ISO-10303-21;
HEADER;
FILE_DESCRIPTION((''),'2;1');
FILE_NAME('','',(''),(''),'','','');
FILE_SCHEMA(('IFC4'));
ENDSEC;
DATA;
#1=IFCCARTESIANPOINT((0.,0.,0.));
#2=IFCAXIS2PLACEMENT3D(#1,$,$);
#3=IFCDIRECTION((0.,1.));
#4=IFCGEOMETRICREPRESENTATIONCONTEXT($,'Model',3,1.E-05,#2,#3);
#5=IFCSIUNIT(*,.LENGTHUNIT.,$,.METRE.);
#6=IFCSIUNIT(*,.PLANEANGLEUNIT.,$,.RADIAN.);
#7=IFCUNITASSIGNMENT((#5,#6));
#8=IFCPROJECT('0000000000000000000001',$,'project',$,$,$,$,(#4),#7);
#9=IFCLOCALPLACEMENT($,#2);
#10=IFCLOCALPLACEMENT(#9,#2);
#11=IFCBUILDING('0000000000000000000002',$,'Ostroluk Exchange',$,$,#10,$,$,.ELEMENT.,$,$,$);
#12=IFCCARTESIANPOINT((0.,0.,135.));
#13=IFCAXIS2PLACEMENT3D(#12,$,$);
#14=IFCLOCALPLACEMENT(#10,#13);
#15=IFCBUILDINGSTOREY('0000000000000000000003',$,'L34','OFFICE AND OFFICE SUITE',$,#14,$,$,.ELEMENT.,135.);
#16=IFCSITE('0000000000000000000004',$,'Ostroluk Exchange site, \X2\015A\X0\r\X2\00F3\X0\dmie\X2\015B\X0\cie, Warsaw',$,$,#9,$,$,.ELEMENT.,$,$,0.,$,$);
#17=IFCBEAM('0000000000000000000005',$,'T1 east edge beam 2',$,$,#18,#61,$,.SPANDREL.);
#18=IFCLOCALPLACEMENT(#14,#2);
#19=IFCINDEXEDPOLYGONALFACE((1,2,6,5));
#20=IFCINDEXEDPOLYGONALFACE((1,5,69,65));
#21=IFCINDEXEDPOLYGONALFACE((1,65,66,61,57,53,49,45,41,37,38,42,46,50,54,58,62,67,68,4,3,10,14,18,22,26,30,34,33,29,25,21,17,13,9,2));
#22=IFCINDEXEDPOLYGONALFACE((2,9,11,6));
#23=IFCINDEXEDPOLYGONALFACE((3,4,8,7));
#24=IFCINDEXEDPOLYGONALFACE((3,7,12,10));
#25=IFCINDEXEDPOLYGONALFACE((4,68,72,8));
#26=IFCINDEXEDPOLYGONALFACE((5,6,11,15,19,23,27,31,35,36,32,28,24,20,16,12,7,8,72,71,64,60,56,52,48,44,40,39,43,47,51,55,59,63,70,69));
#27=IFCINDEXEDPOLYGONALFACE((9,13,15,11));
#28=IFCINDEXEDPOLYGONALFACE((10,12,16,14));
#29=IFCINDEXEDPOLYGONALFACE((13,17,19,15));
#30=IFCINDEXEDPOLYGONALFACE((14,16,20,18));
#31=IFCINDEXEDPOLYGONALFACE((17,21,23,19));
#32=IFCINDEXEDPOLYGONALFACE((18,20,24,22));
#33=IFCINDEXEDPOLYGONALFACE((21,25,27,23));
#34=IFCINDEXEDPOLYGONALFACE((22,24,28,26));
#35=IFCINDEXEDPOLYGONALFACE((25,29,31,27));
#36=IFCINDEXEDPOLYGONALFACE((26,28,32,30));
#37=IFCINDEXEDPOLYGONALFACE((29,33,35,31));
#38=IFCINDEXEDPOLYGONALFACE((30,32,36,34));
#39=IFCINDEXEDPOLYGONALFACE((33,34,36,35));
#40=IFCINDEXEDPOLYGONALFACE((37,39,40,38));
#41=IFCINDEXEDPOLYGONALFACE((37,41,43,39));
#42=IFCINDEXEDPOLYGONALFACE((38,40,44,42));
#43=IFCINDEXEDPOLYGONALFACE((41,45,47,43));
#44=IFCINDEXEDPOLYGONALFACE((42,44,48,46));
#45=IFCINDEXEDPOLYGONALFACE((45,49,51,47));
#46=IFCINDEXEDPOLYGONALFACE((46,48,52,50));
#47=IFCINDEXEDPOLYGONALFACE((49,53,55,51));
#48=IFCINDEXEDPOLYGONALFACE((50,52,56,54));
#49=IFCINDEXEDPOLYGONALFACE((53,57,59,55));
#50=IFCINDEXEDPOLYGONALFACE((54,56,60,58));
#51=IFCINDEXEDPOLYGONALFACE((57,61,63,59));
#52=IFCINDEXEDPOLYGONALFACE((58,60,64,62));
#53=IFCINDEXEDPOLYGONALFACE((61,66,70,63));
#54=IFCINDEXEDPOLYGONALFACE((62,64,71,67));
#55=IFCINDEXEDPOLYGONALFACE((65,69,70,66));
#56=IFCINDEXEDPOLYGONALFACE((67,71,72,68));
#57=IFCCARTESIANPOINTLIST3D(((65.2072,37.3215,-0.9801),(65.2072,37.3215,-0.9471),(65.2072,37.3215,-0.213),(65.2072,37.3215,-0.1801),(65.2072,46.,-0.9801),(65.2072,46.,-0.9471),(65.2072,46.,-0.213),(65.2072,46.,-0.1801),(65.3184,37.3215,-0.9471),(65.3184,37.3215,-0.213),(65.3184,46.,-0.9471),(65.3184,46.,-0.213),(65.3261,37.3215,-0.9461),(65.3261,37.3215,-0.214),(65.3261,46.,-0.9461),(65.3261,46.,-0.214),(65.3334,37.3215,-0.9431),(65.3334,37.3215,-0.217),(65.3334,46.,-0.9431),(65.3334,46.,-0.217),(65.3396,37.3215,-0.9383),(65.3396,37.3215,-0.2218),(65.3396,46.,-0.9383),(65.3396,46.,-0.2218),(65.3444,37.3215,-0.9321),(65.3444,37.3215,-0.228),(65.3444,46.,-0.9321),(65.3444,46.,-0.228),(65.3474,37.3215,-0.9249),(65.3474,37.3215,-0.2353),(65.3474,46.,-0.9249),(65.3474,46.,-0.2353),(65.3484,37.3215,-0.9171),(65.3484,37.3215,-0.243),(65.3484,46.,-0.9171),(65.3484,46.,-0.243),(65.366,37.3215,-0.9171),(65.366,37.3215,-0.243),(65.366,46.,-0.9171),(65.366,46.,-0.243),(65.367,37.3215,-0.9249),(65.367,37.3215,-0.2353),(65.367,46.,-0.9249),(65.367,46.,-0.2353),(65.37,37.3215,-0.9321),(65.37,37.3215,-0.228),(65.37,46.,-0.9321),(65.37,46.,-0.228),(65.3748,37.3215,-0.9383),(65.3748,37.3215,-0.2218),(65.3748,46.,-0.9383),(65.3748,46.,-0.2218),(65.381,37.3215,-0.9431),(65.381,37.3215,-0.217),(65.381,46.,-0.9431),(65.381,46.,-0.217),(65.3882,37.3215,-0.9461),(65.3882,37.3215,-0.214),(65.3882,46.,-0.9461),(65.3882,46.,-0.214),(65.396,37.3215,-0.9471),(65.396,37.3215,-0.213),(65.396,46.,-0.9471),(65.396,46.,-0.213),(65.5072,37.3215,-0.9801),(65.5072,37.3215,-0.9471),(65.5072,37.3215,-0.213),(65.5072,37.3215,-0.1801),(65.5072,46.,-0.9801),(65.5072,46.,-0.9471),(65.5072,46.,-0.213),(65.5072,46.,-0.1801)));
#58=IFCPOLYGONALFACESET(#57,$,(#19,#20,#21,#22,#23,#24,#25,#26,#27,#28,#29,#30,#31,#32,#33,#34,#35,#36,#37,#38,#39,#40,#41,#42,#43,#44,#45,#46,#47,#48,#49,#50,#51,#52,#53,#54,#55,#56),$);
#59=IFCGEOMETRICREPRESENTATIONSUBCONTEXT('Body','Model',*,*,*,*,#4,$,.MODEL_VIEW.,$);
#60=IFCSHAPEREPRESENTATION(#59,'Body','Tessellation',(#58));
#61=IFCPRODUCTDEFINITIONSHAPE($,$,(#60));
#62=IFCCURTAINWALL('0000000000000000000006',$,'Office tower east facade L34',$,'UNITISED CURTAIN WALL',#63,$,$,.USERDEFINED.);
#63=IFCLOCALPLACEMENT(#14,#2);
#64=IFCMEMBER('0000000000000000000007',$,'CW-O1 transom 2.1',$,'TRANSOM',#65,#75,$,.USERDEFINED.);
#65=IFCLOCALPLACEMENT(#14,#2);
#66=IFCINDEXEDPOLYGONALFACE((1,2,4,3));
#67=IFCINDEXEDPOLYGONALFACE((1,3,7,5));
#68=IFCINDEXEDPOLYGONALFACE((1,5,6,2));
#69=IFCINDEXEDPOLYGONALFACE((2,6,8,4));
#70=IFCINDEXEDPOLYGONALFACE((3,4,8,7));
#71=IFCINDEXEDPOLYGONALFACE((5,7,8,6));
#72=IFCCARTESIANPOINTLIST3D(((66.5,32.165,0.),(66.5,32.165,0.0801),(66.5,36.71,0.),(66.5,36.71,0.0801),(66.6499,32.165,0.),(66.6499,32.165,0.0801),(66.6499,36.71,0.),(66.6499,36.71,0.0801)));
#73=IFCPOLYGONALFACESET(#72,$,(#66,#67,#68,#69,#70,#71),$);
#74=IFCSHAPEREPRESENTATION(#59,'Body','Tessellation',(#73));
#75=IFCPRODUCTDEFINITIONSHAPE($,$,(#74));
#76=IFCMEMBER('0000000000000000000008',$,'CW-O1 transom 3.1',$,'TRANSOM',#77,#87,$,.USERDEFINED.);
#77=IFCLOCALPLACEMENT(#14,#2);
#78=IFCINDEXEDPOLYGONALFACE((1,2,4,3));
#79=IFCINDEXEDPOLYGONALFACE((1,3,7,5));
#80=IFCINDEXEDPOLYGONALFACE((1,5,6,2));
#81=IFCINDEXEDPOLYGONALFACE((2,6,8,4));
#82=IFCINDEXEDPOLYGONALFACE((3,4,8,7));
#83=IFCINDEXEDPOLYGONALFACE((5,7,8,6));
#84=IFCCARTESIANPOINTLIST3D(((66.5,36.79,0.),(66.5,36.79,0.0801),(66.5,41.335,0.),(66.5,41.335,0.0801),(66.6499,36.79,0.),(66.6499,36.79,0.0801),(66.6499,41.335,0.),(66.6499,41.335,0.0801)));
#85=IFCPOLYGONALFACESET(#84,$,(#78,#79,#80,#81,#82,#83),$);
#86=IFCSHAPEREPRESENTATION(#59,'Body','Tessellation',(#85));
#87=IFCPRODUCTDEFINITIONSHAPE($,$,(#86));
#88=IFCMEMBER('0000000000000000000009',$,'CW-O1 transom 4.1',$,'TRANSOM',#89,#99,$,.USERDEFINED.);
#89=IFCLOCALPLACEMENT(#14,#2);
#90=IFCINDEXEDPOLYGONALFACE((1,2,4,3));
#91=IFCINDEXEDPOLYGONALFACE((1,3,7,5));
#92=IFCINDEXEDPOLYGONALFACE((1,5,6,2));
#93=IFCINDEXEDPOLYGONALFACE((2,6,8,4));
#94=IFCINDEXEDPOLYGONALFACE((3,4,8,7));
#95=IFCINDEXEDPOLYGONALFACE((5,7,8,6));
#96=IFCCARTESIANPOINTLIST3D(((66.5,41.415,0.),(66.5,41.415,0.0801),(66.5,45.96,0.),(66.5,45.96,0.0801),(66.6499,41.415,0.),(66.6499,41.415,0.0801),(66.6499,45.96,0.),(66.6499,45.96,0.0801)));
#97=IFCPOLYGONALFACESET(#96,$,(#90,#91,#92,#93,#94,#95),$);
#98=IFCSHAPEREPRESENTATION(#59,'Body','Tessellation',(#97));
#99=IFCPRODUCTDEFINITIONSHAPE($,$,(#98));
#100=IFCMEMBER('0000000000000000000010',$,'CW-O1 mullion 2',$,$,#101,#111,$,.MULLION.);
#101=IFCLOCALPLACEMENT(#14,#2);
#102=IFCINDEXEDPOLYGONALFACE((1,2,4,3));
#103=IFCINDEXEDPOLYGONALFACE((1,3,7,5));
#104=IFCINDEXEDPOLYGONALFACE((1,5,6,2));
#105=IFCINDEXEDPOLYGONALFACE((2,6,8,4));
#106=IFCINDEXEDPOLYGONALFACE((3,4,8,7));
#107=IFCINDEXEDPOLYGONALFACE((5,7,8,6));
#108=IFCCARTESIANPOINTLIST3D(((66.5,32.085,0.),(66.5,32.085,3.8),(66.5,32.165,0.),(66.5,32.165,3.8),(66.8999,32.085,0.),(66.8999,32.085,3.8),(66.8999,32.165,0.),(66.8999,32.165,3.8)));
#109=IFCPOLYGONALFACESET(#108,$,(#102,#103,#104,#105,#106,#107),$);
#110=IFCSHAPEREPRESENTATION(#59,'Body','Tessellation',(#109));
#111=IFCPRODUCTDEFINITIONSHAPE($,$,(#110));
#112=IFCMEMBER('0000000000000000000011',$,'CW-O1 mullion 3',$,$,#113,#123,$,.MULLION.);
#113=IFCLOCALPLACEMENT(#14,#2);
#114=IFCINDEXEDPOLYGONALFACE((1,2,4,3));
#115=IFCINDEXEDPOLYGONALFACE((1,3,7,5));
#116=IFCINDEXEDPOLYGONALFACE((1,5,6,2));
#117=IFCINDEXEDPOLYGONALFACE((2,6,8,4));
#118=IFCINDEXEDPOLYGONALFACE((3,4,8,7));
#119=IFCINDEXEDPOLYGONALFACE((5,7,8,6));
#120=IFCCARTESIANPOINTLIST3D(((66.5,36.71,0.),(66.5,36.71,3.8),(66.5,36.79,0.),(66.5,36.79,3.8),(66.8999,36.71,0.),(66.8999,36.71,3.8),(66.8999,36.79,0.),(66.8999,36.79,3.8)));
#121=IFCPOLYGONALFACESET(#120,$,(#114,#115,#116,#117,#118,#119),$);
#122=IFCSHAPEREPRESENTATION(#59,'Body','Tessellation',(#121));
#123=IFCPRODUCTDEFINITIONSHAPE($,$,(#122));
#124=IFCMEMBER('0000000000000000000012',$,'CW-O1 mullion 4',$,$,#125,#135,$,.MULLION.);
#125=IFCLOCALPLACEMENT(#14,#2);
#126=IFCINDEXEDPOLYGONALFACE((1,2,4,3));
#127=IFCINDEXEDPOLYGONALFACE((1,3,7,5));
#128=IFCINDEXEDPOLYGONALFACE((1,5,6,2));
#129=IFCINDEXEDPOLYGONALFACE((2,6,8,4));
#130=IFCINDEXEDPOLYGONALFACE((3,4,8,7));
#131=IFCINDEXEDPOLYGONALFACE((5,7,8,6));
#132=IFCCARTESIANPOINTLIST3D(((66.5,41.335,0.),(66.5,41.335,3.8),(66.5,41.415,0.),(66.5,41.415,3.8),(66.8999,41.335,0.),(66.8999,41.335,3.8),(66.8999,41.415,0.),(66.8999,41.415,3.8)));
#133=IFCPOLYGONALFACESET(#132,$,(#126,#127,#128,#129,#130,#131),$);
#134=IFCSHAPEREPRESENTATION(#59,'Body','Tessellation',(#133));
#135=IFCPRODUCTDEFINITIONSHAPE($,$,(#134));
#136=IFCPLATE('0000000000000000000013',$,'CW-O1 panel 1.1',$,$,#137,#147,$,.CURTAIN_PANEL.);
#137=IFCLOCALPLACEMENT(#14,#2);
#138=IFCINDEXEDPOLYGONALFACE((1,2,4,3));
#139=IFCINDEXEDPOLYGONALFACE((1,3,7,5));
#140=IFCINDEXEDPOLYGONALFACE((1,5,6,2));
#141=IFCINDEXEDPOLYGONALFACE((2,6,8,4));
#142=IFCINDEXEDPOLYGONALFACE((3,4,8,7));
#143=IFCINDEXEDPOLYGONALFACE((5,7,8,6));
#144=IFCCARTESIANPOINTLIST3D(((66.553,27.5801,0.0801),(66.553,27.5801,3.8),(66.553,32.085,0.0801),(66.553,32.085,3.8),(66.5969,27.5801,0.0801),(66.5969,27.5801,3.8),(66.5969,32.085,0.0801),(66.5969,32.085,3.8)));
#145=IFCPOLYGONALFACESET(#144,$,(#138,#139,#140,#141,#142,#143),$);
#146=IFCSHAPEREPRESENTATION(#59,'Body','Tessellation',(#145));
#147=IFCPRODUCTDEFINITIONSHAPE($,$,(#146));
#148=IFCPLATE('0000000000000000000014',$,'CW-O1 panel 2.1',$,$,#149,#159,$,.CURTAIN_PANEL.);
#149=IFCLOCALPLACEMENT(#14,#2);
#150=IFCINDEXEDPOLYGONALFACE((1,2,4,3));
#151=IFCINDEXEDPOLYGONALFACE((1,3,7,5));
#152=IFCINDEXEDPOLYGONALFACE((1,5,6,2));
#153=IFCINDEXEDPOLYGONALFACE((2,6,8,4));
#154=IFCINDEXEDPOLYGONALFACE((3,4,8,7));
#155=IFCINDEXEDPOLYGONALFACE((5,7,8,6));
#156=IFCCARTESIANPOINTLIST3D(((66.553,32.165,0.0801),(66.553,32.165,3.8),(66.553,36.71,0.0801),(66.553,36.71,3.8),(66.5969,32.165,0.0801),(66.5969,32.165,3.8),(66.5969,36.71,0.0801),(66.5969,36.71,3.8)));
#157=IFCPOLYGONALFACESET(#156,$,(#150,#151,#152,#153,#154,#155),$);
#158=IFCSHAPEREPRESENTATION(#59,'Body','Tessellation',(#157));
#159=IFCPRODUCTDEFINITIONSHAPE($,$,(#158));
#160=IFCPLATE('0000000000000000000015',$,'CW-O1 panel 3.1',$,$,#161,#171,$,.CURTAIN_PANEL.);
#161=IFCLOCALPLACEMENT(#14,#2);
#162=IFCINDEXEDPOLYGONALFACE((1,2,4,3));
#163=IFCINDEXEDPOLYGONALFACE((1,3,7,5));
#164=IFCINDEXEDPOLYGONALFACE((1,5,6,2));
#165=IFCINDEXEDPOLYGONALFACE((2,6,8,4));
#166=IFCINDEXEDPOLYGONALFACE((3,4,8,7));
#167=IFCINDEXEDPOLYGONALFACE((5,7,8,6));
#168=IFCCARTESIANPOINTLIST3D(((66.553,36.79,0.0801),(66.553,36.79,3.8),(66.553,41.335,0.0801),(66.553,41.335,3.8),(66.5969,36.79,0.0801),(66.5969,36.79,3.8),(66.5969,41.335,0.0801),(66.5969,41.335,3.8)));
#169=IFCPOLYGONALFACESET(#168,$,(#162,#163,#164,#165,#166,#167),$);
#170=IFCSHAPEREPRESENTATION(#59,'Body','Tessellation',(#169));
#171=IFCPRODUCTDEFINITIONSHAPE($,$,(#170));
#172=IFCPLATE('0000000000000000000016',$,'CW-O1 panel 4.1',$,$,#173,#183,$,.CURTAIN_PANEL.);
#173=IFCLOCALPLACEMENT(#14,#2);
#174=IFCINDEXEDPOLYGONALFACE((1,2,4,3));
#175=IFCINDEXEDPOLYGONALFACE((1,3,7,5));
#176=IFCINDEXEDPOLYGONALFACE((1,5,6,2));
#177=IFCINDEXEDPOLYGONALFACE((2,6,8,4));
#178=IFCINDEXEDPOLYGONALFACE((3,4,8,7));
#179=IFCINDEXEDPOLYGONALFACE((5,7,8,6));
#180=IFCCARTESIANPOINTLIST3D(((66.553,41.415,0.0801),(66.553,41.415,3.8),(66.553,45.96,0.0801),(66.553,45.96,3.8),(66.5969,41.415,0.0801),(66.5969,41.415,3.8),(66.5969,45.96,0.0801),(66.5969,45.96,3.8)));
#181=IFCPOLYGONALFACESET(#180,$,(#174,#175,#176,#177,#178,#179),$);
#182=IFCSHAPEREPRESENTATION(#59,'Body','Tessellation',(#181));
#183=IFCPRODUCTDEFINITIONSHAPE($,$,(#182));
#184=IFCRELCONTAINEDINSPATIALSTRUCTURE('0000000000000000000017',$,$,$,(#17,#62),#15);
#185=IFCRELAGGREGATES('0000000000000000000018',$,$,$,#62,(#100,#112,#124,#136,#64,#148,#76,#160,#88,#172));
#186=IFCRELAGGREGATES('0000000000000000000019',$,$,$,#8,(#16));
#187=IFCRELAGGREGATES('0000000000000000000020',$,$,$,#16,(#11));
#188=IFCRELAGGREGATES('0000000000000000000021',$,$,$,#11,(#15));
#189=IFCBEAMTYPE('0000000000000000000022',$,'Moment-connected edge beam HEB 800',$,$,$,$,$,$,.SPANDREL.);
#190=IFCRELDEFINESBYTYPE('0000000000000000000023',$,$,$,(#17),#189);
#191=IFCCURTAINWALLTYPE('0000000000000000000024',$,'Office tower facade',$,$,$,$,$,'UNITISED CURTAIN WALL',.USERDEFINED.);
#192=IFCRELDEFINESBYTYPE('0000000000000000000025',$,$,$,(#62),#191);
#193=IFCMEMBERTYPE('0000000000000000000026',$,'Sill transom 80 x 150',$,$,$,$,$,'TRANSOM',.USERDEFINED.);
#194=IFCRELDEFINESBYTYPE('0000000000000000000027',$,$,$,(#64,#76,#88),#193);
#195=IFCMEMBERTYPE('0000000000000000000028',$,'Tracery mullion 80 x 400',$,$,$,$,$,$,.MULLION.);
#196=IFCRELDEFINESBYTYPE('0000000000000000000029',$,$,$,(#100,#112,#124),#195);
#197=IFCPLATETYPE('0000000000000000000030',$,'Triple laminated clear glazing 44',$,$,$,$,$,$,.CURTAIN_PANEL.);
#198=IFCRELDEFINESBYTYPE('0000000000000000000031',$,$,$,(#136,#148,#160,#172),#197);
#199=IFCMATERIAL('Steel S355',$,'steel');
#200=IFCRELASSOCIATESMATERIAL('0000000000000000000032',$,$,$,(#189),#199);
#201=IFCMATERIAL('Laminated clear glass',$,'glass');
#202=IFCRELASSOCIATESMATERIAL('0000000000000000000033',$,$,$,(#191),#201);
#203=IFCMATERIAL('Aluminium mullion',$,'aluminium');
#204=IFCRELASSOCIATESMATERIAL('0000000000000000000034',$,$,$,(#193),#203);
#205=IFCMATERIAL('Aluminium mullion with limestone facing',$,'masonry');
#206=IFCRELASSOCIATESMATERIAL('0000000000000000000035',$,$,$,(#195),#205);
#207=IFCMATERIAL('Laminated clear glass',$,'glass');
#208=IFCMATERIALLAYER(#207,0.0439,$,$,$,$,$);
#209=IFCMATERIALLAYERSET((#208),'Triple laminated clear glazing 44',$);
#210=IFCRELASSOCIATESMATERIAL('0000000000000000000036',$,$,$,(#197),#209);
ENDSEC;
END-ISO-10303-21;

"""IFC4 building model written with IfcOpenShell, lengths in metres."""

from ifc_helpers import new_model, si_unit, direction, frame, origin, origin_2d, place, context, subcontext, project, spatial, rectangle, i_section, extrude, material, layer, layer_set, material_profile, profile_set, type_object, element, aggregate, save


model = new_model("IFC4")

# Units and contexts
model_context = context("Model", 3, precision=1e-05, world=origin(), true_north=direction((0.0, 1.0)))
body_context = subcontext(model_context, "Body", "Model", "MODEL_VIEW")
ifc_project = project(units=[si_unit("LENGTHUNIT", "METRE"), si_unit("PLANEANGLEUNIT", "RADIAN")], contexts=[model_context])

# Site, building, storey
site_placement = place(None, origin())
site = spatial("IfcSite", under=ifc_project, at=site_placement, Name="Ostroluk Exchange site, Śródmieście, Warsaw", CompositionType="ELEMENT", RefElevation=0.0)
building_placement = place(site_placement, origin())
building = spatial("IfcBuilding", under=site, at=building_placement, Name="Ostroluk Exchange", CompositionType="ELEMENT")
storey_placement = place(building_placement, frame((0.0, 0.0, 135.0)))
storey = spatial("IfcBuildingStorey", under=building, at=storey_placement, Name="L34", Description="OFFICE AND OFFICE SUITE", CompositionType="ELEMENT", Elevation=135.0)

# Beam
ifc_material_1 = material(Name="Steel S355", Category="steel")
ifc_material_profile_1 = material_profile(ifc_material_1, i_section(OverallWidth=0.3, OverallDepth=0.8, WebThickness=0.0176, FlangeThickness=0.033, FilletRadius=0.03, at=origin_2d()), Name="HEB 800")
ifc_profile_set_1 = profile_set([ifc_material_profile_1], Name="Steel S355")
beam_type_1 = type_object("IfcBeamType", Name="Moment-connected edge beam HEB 800", PredefinedType="SPANDREL", material=ifc_profile_set_1)
beam_1_placement = place(storey_placement, frame((65.3572, 37.3215, -0.5801), z_axis=(0.0, 1.0, 0.0), x_axis=(-1.0, 0.0, 0.0)))
element("IfcBeam", 1, at=beam_1_placement, inside=storey, type_object=beam_type_1, Name="T1 east edge beam 2", PredefinedType="SPANDREL", context=body_context, shape_type="SweptSolid", body=[
    extrude(i_section(OverallWidth=0.3, OverallDepth=0.8, WebThickness=0.0176, FlangeThickness=0.033, FilletRadius=0.03, at=origin_2d()), origin(), (0.0, 0.0, 1.0), 8.6785),
])

# Curtain wall, members, plates
ifc_material_2 = material(Name="Laminated clear glass", Category="glass")
curtain_wall_type = type_object("IfcCurtainWallType", Name="Office tower facade", ElementType="UNITISED CURTAIN WALL", PredefinedType="USERDEFINED", material=ifc_material_2)
curtain_wall_placement = place(storey_placement, origin())
curtain_wall = element("IfcCurtainWall", 2, at=curtain_wall_placement, inside=storey, type_object=curtain_wall_type, Name="Office tower east facade L34", ObjectType="UNITISED CURTAIN WALL", PredefinedType="USERDEFINED")
ifc_material_3 = material(Name="Aluminium mullion", Category="aluminium")
ifc_material_profile_2 = material_profile(ifc_material_3, rectangle(XDim=0.1499, YDim=0.0801, at=origin_2d()), Name="Sill transom 80 x 150")
ifc_profile_set_2 = profile_set([ifc_material_profile_2], Name="Aluminium mullion")
member_type_1 = type_object("IfcMemberType", Name="Sill transom 80 x 150", ElementType="TRANSOM", PredefinedType="USERDEFINED", material=ifc_profile_set_2)
member_1_placement = place(storey_placement, frame((66.575, 32.165, 0.04), z_axis=(0.0, 1.0, 0.0), x_axis=(-1.0, 0.0, 0.0)))
member_1 = element("IfcMember", 3, at=member_1_placement, type_object=member_type_1, Name="CW-O1 transom 2.1", ObjectType="TRANSOM", PredefinedType="USERDEFINED", context=body_context, shape_type="SweptSolid", body=[
    extrude(rectangle(XDim=0.1499, YDim=0.0801, at=origin_2d()), origin(), (0.0, 0.0, 1.0), 4.5449),
])
member_2_placement = place(storey_placement, frame((66.575, 36.79, 0.04), z_axis=(0.0, 1.0, 0.0), x_axis=(-1.0, 0.0, 0.0)))
member_2 = element("IfcMember", 4, at=member_2_placement, type_object=member_type_1, Name="CW-O1 transom 3.1", ObjectType="TRANSOM", PredefinedType="USERDEFINED", context=body_context, shape_type="SweptSolid", body=[
    extrude(rectangle(XDim=0.1499, YDim=0.0801, at=origin_2d()), origin(), (0.0, 0.0, 1.0), 4.5449),
])
member_3_placement = place(storey_placement, frame((66.575, 41.415, 0.04), z_axis=(0.0, 1.0, 0.0), x_axis=(-1.0, 0.0, 0.0)))
member_3 = element("IfcMember", 5, at=member_3_placement, type_object=member_type_1, Name="CW-O1 transom 4.1", ObjectType="TRANSOM", PredefinedType="USERDEFINED", context=body_context, shape_type="SweptSolid", body=[
    extrude(rectangle(XDim=0.1499, YDim=0.0801, at=origin_2d()), origin(), (0.0, 0.0, 1.0), 4.5449),
])
ifc_material_4 = material(Name="Aluminium mullion with limestone facing", Category="masonry")
ifc_material_profile_3 = material_profile(ifc_material_4, rectangle(XDim=0.3999, YDim=0.0801, at=origin_2d()), Name="Tracery mullion 80 x 400")
ifc_profile_set_3 = profile_set([ifc_material_profile_3], Name="Aluminium mullion with limestone facing")
member_type_2 = type_object("IfcMemberType", Name="Tracery mullion 80 x 400", PredefinedType="MULLION", material=ifc_profile_set_3)
member_4_placement = place(storey_placement, frame((66.7, 32.125, 0.0), z_axis=(0.0, 0.0, 1.0), x_axis=(-1.0, 0.0, 0.0)))
member_4 = element("IfcMember", 6, at=member_4_placement, type_object=member_type_2, Name="CW-O1 mullion 2", PredefinedType="MULLION", context=body_context, shape_type="SweptSolid", body=[
    extrude(rectangle(XDim=0.3999, YDim=0.0801, at=origin_2d()), origin(), (0.0, 0.0, 1.0), 3.8),
])
member_5_placement = place(storey_placement, frame((66.7, 36.75, 0.0), z_axis=(0.0, 0.0, 1.0), x_axis=(-1.0, 0.0, 0.0)))
member_5 = element("IfcMember", 7, at=member_5_placement, type_object=member_type_2, Name="CW-O1 mullion 3", PredefinedType="MULLION", context=body_context, shape_type="SweptSolid", body=[
    extrude(rectangle(XDim=0.3999, YDim=0.0801, at=origin_2d()), origin(), (0.0, 0.0, 1.0), 3.8),
])
member_6_placement = place(storey_placement, frame((66.7, 41.375, 0.0), z_axis=(0.0, 0.0, 1.0), x_axis=(-1.0, 0.0, 0.0)))
member_6 = element("IfcMember", 8, at=member_6_placement, type_object=member_type_2, Name="CW-O1 mullion 4", PredefinedType="MULLION", context=body_context, shape_type="SweptSolid", body=[
    extrude(rectangle(XDim=0.3999, YDim=0.0801, at=origin_2d()), origin(), (0.0, 0.0, 1.0), 3.8),
])
ifc_material_5 = material(Name="Laminated clear glass", Category="glass")
ifc_layer_1 = layer(ifc_material_5, 0.0439)
ifc_layer_set_1 = layer_set([ifc_layer_1], Name="Triple laminated clear glazing 44")
plate_type = type_object("IfcPlateType", Name="Triple laminated clear glazing 44", PredefinedType="CURTAIN_PANEL", material=ifc_layer_set_1)
plate_1_placement = place(storey_placement, frame((66.575, 29.8325, 0.0801), z_axis=(0.0, 0.0, 1.0), x_axis=(0.0, 1.0, 0.0)))
plate_1 = element("IfcPlate", 9, at=plate_1_placement, type_object=plate_type, Name="CW-O1 panel 1.1", PredefinedType="CURTAIN_PANEL", context=body_context, shape_type="SweptSolid", body=[
    extrude(rectangle(XDim=4.5049, YDim=0.0439, at=origin_2d()), origin(), (0.0, 0.0, 1.0), 3.72),
])
plate_2_placement = place(storey_placement, frame((66.575, 34.4375, 0.0801), z_axis=(0.0, 0.0, 1.0), x_axis=(0.0, 1.0, 0.0)))
plate_2 = element("IfcPlate", 10, at=plate_2_placement, type_object=plate_type, Name="CW-O1 panel 2.1", PredefinedType="CURTAIN_PANEL", context=body_context, shape_type="SweptSolid", body=[
    extrude(rectangle(XDim=4.5449, YDim=0.0439, at=origin_2d()), origin(), (0.0, 0.0, 1.0), 3.72),
])
plate_3_placement = place(storey_placement, frame((66.575, 39.0625, 0.0801), z_axis=(0.0, 0.0, 1.0), x_axis=(0.0, 1.0, 0.0)))
plate_3 = element("IfcPlate", 11, at=plate_3_placement, type_object=plate_type, Name="CW-O1 panel 3.1", PredefinedType="CURTAIN_PANEL", context=body_context, shape_type="SweptSolid", body=[
    extrude(rectangle(XDim=4.5449, YDim=0.0439, at=origin_2d()), origin(), (0.0, 0.0, 1.0), 3.72),
])
plate_4_placement = place(storey_placement, frame((66.575, 43.6875, 0.0801), z_axis=(0.0, 0.0, 1.0), x_axis=(0.0, 1.0, 0.0)))
plate_4 = element("IfcPlate", 12, at=plate_4_placement, type_object=plate_type, Name="CW-O1 panel 4.1", PredefinedType="CURTAIN_PANEL", context=body_context, shape_type="SweptSolid", body=[
    extrude(rectangle(XDim=4.5449, YDim=0.0439, at=origin_2d()), origin(), (0.0, 0.0, 1.0), 3.72),
])
aggregate(curtain_wall, [member_4, member_5, member_6, plate_1, member_1, plate_2, member_2, plate_3, member_3, plate_4])

save(model, "model.ifc")
